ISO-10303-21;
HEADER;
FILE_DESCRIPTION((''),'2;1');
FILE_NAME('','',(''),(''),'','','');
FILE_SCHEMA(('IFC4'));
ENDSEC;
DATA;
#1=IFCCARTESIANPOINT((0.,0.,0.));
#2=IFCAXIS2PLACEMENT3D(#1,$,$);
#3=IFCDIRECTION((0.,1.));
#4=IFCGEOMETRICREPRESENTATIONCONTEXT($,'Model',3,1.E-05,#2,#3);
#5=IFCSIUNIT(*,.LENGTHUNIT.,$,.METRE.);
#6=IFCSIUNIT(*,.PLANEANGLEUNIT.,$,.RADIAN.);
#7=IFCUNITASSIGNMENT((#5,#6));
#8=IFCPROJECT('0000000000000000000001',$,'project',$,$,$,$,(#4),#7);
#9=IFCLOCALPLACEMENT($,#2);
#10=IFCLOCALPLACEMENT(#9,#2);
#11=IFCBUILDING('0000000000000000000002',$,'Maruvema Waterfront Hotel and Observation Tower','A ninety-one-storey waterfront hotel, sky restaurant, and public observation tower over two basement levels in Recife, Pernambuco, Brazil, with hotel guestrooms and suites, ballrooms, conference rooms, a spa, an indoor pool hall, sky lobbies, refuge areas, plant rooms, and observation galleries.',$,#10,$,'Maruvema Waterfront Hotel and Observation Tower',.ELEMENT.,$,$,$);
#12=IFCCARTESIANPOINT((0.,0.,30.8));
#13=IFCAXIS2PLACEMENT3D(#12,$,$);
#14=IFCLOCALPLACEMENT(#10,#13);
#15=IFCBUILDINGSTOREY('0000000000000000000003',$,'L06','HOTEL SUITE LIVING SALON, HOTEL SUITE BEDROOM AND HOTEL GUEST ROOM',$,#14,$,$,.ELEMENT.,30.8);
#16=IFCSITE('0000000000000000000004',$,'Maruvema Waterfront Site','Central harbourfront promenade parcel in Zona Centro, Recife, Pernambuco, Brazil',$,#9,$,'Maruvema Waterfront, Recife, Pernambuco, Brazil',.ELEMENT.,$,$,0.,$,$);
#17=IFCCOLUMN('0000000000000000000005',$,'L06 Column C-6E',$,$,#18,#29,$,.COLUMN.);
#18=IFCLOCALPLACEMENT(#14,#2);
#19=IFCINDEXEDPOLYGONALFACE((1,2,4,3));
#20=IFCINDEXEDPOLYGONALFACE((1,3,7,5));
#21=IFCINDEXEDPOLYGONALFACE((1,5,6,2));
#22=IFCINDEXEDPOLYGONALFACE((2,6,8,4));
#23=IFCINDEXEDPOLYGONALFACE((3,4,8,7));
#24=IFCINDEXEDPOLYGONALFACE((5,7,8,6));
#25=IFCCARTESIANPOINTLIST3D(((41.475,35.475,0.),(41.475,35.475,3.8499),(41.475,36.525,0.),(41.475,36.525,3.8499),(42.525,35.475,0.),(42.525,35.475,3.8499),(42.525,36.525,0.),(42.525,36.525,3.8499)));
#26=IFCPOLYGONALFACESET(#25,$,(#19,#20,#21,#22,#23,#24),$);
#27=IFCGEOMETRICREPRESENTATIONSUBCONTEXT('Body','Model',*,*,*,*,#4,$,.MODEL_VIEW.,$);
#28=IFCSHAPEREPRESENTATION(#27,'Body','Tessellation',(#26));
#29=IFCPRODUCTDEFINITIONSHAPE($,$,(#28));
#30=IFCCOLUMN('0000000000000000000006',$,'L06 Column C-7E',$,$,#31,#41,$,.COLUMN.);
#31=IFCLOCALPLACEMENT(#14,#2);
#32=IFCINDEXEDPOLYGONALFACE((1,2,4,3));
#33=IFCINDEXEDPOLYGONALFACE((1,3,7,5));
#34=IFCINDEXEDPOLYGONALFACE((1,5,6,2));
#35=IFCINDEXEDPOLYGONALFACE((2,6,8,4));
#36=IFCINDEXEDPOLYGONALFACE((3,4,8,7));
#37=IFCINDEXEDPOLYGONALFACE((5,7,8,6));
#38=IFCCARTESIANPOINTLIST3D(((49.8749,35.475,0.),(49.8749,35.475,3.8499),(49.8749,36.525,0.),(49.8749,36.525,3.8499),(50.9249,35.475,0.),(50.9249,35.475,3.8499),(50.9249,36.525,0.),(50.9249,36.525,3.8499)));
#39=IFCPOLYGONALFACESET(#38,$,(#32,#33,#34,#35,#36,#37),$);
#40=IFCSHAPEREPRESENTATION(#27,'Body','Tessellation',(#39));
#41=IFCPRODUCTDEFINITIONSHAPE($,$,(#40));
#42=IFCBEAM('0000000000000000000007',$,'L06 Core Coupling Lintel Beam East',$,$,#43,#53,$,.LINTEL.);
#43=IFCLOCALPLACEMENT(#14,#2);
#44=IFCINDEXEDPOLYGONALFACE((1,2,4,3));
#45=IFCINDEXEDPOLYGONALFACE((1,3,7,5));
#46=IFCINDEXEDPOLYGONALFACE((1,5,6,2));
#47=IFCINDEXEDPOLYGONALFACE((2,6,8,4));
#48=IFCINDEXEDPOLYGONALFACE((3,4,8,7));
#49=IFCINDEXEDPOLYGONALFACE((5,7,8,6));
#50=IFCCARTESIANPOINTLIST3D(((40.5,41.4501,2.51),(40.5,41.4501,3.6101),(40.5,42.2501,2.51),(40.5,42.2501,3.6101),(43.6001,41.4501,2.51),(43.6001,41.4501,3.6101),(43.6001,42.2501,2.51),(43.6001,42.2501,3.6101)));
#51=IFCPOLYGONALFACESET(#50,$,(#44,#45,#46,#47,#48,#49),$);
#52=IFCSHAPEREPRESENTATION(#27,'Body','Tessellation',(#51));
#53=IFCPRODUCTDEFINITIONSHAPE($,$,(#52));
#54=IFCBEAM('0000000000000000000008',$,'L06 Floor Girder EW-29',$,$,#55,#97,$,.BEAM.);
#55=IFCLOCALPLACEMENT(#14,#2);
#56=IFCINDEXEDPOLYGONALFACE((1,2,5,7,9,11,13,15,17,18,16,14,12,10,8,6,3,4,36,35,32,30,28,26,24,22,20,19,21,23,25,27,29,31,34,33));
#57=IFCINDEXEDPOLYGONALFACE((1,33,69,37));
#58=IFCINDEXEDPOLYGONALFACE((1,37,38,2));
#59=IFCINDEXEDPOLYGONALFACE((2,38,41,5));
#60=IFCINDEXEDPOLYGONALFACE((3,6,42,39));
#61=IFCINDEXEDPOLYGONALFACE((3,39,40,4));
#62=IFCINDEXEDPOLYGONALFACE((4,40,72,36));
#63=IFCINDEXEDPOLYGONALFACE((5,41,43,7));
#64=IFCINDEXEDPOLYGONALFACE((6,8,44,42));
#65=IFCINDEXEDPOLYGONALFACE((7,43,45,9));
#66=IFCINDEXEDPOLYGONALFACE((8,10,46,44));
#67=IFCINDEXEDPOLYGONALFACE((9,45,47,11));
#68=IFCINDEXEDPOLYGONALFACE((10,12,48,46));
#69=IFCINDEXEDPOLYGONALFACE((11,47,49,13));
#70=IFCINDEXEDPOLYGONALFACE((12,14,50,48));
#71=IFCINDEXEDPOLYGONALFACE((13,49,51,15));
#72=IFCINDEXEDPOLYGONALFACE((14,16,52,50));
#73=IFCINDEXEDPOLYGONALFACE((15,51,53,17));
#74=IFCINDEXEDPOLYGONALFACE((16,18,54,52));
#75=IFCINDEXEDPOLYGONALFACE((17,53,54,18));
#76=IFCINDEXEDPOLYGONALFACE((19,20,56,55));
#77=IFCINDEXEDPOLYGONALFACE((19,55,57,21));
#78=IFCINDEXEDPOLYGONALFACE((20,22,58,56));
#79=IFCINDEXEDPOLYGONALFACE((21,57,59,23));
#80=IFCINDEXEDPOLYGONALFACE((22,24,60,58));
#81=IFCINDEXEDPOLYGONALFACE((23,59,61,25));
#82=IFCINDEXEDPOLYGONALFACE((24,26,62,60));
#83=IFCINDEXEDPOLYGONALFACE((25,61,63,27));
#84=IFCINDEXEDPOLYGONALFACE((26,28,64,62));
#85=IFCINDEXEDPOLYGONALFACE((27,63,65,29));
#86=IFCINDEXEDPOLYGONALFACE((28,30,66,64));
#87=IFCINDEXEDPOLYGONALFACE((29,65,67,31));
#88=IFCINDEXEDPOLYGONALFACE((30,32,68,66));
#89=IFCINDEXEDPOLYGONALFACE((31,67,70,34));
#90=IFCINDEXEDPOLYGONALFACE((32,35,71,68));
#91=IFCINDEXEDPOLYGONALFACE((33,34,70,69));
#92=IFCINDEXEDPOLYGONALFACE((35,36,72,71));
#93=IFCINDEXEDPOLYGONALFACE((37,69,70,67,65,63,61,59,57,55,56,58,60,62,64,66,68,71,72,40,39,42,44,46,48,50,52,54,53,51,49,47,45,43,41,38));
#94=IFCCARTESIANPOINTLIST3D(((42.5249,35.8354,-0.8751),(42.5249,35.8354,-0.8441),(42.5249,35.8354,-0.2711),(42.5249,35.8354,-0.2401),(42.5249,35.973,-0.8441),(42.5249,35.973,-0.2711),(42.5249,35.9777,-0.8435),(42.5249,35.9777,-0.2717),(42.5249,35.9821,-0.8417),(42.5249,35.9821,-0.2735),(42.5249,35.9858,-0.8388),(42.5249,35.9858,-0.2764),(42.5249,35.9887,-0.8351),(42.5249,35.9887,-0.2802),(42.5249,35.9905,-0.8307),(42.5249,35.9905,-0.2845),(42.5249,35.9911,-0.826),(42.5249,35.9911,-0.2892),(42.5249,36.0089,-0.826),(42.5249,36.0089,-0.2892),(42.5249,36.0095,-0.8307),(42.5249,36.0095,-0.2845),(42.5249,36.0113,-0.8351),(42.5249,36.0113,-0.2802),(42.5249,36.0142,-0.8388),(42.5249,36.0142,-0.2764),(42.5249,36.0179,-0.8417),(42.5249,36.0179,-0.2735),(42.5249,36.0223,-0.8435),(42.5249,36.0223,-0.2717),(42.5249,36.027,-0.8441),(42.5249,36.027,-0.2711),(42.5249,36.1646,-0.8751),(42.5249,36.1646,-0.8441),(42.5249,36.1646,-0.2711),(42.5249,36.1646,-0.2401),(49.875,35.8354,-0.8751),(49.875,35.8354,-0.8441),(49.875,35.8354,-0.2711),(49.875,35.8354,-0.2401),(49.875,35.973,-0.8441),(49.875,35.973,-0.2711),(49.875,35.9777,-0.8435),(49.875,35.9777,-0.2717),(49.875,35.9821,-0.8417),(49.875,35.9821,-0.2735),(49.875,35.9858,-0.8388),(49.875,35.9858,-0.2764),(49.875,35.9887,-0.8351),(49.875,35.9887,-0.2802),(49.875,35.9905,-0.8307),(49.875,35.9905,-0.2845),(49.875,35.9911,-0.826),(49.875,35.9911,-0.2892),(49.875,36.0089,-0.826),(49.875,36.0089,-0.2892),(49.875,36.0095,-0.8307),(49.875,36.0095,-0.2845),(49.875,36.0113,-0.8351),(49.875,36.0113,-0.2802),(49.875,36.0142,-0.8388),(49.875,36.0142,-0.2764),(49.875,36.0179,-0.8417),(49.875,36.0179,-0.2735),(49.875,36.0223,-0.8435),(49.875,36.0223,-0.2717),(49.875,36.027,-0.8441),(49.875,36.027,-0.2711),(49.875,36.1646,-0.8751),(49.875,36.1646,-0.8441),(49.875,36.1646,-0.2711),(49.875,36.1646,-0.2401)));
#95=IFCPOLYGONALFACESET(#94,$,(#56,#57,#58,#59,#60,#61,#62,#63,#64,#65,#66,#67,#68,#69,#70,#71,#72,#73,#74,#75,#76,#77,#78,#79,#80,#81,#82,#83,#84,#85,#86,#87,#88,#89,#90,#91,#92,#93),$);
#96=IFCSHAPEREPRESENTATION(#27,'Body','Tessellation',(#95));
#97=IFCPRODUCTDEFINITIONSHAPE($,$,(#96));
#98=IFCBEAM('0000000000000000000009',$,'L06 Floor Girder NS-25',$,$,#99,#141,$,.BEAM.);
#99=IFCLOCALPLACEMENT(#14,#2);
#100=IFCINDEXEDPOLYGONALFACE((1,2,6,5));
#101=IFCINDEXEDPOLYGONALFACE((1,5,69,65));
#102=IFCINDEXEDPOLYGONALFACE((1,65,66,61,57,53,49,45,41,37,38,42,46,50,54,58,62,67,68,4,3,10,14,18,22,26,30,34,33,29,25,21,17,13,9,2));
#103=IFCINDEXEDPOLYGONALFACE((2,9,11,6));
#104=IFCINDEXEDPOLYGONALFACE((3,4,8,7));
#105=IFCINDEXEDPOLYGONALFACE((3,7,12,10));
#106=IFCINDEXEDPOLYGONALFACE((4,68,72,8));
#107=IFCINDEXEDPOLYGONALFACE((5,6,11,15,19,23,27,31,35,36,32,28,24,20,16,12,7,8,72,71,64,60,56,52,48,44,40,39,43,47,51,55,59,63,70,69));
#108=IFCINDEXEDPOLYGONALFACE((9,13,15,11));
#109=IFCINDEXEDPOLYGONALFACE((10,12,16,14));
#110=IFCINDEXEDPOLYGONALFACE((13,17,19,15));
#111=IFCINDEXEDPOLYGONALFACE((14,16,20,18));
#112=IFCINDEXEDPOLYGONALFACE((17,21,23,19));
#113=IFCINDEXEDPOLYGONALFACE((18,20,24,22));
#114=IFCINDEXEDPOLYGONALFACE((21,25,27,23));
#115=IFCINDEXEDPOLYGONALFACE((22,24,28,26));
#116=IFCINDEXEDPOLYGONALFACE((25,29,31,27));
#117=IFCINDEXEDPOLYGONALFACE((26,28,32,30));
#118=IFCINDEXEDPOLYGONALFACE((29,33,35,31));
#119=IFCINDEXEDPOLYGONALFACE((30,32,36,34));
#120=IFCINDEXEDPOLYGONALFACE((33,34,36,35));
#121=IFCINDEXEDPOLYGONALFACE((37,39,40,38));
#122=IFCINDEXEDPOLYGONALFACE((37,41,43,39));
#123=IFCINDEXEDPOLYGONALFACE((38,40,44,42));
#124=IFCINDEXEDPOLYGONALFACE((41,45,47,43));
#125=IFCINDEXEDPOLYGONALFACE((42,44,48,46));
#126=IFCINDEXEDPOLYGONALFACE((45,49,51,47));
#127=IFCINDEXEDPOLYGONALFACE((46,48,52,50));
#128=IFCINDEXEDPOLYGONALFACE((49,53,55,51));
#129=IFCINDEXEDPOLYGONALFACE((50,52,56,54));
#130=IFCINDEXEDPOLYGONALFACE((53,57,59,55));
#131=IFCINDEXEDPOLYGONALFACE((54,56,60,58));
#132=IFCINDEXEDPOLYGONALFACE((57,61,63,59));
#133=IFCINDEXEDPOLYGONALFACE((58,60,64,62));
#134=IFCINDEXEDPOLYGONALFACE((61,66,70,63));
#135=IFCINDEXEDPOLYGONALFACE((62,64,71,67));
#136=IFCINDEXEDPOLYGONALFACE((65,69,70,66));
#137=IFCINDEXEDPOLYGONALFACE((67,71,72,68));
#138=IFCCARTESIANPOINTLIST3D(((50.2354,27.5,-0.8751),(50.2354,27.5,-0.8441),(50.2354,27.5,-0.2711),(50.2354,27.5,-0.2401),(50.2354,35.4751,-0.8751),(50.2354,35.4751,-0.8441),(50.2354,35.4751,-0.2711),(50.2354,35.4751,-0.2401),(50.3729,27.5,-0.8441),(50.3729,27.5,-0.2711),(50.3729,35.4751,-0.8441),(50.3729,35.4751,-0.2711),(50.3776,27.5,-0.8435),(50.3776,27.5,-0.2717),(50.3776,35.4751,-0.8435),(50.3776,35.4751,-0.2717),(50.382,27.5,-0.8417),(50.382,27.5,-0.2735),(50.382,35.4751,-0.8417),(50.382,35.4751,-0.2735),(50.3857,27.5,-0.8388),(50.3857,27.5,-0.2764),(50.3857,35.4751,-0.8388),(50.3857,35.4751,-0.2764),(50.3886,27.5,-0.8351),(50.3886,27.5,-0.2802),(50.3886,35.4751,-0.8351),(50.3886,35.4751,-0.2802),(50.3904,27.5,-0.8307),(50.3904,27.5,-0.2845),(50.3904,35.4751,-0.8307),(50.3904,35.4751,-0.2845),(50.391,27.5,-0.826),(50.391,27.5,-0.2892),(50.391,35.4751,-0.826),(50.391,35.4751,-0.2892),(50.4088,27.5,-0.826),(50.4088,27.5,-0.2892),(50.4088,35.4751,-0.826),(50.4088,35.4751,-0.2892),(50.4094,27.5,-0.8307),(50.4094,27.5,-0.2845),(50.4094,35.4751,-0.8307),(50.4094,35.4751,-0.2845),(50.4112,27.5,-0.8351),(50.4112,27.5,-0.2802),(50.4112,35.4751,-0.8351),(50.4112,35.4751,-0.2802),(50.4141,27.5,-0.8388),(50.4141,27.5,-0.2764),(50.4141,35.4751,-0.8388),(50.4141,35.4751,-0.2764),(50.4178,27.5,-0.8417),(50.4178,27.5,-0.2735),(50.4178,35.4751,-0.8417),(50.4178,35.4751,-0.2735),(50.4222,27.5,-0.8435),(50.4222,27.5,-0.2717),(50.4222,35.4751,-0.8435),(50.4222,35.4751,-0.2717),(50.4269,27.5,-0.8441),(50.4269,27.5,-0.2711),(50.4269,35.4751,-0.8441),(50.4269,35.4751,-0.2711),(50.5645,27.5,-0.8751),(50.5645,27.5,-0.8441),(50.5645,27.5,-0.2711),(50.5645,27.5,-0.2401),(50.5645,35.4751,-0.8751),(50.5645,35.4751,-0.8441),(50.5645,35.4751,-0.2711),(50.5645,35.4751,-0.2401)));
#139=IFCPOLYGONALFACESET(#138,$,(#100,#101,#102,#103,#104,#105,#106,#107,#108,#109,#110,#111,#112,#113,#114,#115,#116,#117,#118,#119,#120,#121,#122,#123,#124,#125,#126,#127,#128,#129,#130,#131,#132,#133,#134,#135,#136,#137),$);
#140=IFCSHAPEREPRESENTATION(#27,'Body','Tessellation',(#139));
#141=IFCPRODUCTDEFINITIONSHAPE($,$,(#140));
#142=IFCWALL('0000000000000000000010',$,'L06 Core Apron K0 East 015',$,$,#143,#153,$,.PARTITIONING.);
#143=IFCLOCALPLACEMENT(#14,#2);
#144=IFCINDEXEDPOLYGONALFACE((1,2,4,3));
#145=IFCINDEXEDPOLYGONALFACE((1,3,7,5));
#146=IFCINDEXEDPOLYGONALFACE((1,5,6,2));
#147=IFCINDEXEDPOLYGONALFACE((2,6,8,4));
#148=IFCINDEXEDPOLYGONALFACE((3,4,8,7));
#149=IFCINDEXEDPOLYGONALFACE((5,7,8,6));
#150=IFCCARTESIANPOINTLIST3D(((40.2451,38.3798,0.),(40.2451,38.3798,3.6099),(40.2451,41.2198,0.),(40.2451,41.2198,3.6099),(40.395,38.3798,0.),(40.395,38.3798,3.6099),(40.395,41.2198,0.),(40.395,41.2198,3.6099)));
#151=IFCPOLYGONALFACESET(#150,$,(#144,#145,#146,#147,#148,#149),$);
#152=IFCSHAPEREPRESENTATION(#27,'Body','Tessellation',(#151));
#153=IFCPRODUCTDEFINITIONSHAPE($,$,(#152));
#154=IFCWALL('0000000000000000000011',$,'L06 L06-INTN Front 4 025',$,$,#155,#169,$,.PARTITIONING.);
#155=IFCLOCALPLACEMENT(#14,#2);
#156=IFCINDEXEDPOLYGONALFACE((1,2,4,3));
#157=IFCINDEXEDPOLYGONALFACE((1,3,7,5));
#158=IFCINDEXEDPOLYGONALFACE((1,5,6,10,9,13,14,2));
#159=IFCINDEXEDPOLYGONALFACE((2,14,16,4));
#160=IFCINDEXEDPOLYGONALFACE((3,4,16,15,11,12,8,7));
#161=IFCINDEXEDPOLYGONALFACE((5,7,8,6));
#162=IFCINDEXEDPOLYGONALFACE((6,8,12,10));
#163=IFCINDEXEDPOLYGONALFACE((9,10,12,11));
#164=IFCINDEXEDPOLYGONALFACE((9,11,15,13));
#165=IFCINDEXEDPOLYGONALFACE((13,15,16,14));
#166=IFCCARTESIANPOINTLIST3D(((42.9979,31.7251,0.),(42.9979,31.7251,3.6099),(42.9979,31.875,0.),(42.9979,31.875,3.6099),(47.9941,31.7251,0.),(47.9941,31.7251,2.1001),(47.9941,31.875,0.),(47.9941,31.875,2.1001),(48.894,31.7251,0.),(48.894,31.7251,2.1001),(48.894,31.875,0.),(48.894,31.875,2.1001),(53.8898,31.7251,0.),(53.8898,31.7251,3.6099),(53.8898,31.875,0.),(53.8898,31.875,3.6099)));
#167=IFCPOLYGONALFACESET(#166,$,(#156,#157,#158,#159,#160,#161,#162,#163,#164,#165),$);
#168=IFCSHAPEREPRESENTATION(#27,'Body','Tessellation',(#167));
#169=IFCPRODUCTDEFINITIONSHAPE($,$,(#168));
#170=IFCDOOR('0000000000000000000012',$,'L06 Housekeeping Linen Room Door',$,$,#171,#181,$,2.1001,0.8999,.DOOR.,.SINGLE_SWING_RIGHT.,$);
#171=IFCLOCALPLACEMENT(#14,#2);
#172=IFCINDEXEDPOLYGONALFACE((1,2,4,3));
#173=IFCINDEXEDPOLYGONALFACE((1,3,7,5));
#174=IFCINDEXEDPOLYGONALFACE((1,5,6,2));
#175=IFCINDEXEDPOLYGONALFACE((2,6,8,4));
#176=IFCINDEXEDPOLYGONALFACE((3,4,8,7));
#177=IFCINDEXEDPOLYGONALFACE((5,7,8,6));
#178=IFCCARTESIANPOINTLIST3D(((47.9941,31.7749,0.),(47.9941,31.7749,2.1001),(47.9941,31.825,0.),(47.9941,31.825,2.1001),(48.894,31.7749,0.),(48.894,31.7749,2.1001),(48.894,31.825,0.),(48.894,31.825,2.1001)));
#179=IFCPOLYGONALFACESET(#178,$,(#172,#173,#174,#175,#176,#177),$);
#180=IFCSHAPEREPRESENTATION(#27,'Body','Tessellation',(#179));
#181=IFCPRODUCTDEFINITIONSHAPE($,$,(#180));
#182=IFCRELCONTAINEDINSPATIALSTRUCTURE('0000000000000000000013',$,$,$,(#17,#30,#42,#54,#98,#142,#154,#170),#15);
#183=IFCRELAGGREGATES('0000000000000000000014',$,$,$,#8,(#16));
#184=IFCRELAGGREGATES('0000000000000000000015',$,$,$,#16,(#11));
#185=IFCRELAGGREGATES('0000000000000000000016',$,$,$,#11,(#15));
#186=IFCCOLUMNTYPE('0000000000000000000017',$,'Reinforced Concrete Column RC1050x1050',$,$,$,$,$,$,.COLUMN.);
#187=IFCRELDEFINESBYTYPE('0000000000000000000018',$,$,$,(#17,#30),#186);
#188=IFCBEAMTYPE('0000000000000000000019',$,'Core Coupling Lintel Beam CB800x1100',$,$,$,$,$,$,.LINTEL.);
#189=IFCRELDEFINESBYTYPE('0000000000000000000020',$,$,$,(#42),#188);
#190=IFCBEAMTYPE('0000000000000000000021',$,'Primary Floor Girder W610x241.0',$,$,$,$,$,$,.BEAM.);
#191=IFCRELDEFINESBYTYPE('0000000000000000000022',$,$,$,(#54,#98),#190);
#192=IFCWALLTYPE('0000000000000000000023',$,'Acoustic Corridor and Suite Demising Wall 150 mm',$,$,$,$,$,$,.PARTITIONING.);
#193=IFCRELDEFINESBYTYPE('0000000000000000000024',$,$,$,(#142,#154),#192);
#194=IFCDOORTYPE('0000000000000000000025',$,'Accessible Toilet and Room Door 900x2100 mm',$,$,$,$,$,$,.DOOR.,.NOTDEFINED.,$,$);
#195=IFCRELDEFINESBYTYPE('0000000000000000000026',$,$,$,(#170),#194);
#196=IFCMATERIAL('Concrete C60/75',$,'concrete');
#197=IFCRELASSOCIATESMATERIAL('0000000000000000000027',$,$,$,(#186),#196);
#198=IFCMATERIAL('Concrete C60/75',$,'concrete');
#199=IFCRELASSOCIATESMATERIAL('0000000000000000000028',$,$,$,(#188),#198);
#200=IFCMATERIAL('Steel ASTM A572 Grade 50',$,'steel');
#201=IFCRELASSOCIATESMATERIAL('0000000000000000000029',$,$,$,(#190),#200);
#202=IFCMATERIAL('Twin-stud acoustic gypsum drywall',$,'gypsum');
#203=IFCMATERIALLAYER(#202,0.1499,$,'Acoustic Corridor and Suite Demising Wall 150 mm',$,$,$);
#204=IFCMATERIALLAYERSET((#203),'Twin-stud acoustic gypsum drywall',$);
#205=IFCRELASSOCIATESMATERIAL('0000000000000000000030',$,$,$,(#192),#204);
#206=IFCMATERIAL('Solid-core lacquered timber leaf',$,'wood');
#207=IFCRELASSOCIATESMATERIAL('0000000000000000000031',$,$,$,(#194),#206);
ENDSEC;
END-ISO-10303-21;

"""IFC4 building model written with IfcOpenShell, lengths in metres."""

from ifc_helpers import new_model, si_unit, direction, frame, frame_2d, origin, origin_2d, place, context, subcontext, project, spatial, rectangle, i_section, extrude, material, layer, layer_set, material_profile, profile_set, type_object, element, fill, save


model = new_model("IFC4")

# Units and contexts
model_context = context("Model", 3, precision=1e-05, world=origin(), true_north=direction((0.0, 1.0)))
body_context = subcontext(model_context, "Body", "Model", "MODEL_VIEW")
ifc_project = project(units=[si_unit("LENGTHUNIT", "METRE"), si_unit("PLANEANGLEUNIT", "RADIAN")], contexts=[model_context])

# Site, building, storey
site_placement = place(None, origin())
site = spatial("IfcSite", under=ifc_project, at=site_placement, Name="Maruvema Waterfront Site", Description="Central harbourfront promenade parcel in Zona Centro, Recife, Pernambuco, Brazil", LongName="Maruvema Waterfront, Recife, Pernambuco, Brazil", CompositionType="ELEMENT", RefElevation=0.0)
building_placement = place(site_placement, origin())
building = spatial("IfcBuilding", under=site, at=building_placement, Name="Maruvema Waterfront Hotel and Observation Tower", Description="A ninety-one-storey waterfront hotel, sky restaurant, and public observation tower over two basement levels in Recife, Pernambuco, Brazil, with hotel guestrooms and suites, ballrooms, conference rooms, a spa, an indoor pool hall, sky lobbies, refuge areas, plant rooms, and observation galleries.", LongName="Maruvema Waterfront Hotel and Observation Tower", CompositionType="ELEMENT")
storey_placement = place(building_placement, frame((0.0, 0.0, 30.8)))
storey = spatial("IfcBuildingStorey", under=building, at=storey_placement, Name="L06", Description="HOTEL SUITE LIVING SALON, HOTEL SUITE BEDROOM AND HOTEL GUEST ROOM", CompositionType="ELEMENT", Elevation=30.8)

# Columns
ifc_material_1 = material(Name="Concrete C60/75", Category="concrete")
ifc_material_profile_1 = material_profile(ifc_material_1, rectangle(XDim=1.05, YDim=1.05, at=origin_2d()), Name="RC1050x1050")
ifc_profile_set_1 = profile_set([ifc_material_profile_1], Name="Concrete C60/75")
column_type = type_object("IfcColumnType", Name="Reinforced Concrete Column RC1050x1050", PredefinedType="COLUMN", material=ifc_profile_set_1)
for number, where, z_axis, x_axis, name in (
    (1, (42.0, 36.0, 0.0), (0.0, 0.0, 1.0), (1.0, 0.0, 0.0), "L06 Column C-6E"),
    (2, (50.3999, 36.0, 0.0), (0.0, 0.0, 1.0), (1.0, 0.0, 0.0), "L06 Column C-7E"),
):
    element("IfcColumn", number, at=place(storey_placement, frame(where, z_axis=z_axis, x_axis=x_axis)), inside=storey, type_object=column_type, Name=name, PredefinedType="COLUMN", context=body_context, shape_type="SweptSolid", body=[
        extrude(rectangle(XDim=1.05, YDim=1.05, at=origin_2d()), origin(), (0.0, 0.0, 1.0), 3.8499),
    ])

# Beams
ifc_material_2 = material(Name="Concrete C60/75", Category="concrete")
ifc_material_profile_2 = material_profile(ifc_material_2, rectangle(XDim=0.8, YDim=1.1001, at=origin_2d()), Name="CB800x1100")
ifc_profile_set_2 = profile_set([ifc_material_profile_2], Name="Concrete C60/75")
beam_type_1 = type_object("IfcBeamType", Name="Core Coupling Lintel Beam CB800x1100", PredefinedType="LINTEL", material=ifc_profile_set_2)
beam_1_placement = place(storey_placement, frame((40.5, 41.8501, 3.0601), z_axis=(1.0, 0.0, 0.0), x_axis=(0.0, 1.0, 0.0)))
element("IfcBeam", 3, at=beam_1_placement, inside=storey, type_object=beam_type_1, Name="L06 Core Coupling Lintel Beam East", PredefinedType="LINTEL", context=body_context, shape_type="SweptSolid", body=[
    extrude(rectangle(XDim=0.8, YDim=1.1001, at=origin_2d()), origin(), (0.0, 0.0, 1.0), 3.1001),
])
ifc_material_3 = material(Name="Steel ASTM A572 Grade 50", Category="steel")
ifc_material_profile_3 = material_profile(ifc_material_3, i_section(OverallWidth=0.3291, OverallDepth=0.635, WebThickness=0.0178, FlangeThickness=0.031, FilletRadius=0.0181, at=origin_2d()), Name="W610x241.0")
ifc_profile_set_3 = profile_set([ifc_material_profile_3], Name="Steel ASTM A572 Grade 50")
beam_type_2 = type_object("IfcBeamType", Name="Primary Floor Girder W610x241.0", PredefinedType="BEAM", material=ifc_profile_set_3)
beam_2_placement = place(storey_placement, frame((42.5249, 36.0, -0.5576), z_axis=(1.0, 0.0, 0.0), x_axis=(0.0, 1.0, 0.0)))
element("IfcBeam", 4, at=beam_2_placement, inside=storey, type_object=beam_type_2, Name="L06 Floor Girder EW-29", PredefinedType="BEAM", context=body_context, shape_type="SweptSolid", body=[
    extrude(i_section(OverallWidth=0.3291, OverallDepth=0.635, WebThickness=0.0178, FlangeThickness=0.031, FilletRadius=0.0181, at=origin_2d()), origin(), (0.0, 0.0, 1.0), 7.3501),
])
beam_3_placement = place(storey_placement, frame((50.3999, 27.5, -0.5576), z_axis=(0.0, 1.0, 0.0), x_axis=(-1.0, 0.0, 0.0)))
element("IfcBeam", 5, at=beam_3_placement, inside=storey, type_object=beam_type_2, Name="L06 Floor Girder NS-25", PredefinedType="BEAM", context=body_context, shape_type="SweptSolid", body=[
    extrude(i_section(OverallWidth=0.3291, OverallDepth=0.635, WebThickness=0.0178, FlangeThickness=0.031, FilletRadius=0.0181, at=origin_2d()), origin(), (0.0, 0.0, 1.0), 7.9751),
])

# Wall
ifc_material_4 = material(Name="Twin-stud acoustic gypsum drywall", Category="gypsum")
ifc_layer_1 = layer(ifc_material_4, 0.1499, Name="Acoustic Corridor and Suite Demising Wall 150 mm")
ifc_layer_set_1 = layer_set([ifc_layer_1], Name="Twin-stud acoustic gypsum drywall")
wall_type_1 = type_object("IfcWallType", Name="Acoustic Corridor and Suite Demising Wall 150 mm", PredefinedType="PARTITIONING", material=ifc_layer_set_1)
wall_1_placement = place(storey_placement, frame((40.3201, 38.3799, 0.0), z_axis=(0.0, 0.0, 1.0), x_axis=(0.0, 1.0, 0.0)))
element("IfcWall", 6, at=wall_1_placement, inside=storey, type_object=wall_type_1, Name="L06 Core Apron K0 East 015", PredefinedType="PARTITIONING", context=body_context, shape_type="SweptSolid", body=[
    extrude(rectangle(XDim=2.8401, YDim=0.1499, at=frame_2d((1.4199, 0.0))), origin(), (0.0, 0.0, 1.0), 3.6099),
])

# Wall, opening, door
wall_2_placement = place(storey_placement, frame((42.998, 31.8, 0.0), z_axis=(0.0, 0.0, 1.0), x_axis=(1.0, 0.0, 0.0)))
wall_2 = element("IfcWall", 7, at=wall_2_placement, inside=storey, type_object=wall_type_1, Name="L06 L06-INTN Front 4 025", PredefinedType="PARTITIONING", context=body_context, shape_type="SweptSolid", body=[
    extrude(rectangle(XDim=10.8918, YDim=0.1499, at=frame_2d((5.4458, 0.0))), origin(), (0.0, 0.0, 1.0), 3.6099),
])
opening_1_placement = place(wall_2_placement, frame((4.9961, 0.0, 0.0)))
opening_1 = element("IfcOpeningElement", 8, at=opening_1_placement, cuts=wall_2, PredefinedType="OPENING", context=body_context, shape_type="SweptSolid", body=[
    extrude(rectangle(XDim=0.8999, YDim=2.1001, at=frame_2d((0.45, 1.05))), frame((0.0, 0.085, 0.0), z_axis=(0.0, -1.0, 0.0), x_axis=(1.0, 0.0, 0.0)), (0.0, 0.0, 1.0), 0.1699),
])
ifc_material_5 = material(Name="Solid-core lacquered timber leaf", Category="wood")
door_type_1 = type_object("IfcDoorType", Name="Accessible Toilet and Room Door 900x2100 mm", OperationType="NOTDEFINED", PredefinedType="DOOR", material=ifc_material_5)
door_1_placement = place(opening_1_placement, origin())
door_1 = element("IfcDoor", 9, at=door_1_placement, inside=storey, type_object=door_type_1, Name="L06 Housekeeping Linen Room Door", OperationType="SINGLE_SWING_RIGHT", OverallHeight=2.1001, OverallWidth=0.8999, PredefinedType="DOOR", context=body_context, shape_type="SweptSolid", body=[
    extrude(rectangle(XDim=0.8999, YDim=2.1001, at=frame_2d((0.45, 1.05))), frame((0.0, 0.0249, 0.0), z_axis=(0.0, -1.0, 0.0), x_axis=(1.0, 0.0, 0.0)), (0.0, 0.0, 1.0), 0.05),
])
fill(opening_1, door_1)

save(model, "model.ifc")
